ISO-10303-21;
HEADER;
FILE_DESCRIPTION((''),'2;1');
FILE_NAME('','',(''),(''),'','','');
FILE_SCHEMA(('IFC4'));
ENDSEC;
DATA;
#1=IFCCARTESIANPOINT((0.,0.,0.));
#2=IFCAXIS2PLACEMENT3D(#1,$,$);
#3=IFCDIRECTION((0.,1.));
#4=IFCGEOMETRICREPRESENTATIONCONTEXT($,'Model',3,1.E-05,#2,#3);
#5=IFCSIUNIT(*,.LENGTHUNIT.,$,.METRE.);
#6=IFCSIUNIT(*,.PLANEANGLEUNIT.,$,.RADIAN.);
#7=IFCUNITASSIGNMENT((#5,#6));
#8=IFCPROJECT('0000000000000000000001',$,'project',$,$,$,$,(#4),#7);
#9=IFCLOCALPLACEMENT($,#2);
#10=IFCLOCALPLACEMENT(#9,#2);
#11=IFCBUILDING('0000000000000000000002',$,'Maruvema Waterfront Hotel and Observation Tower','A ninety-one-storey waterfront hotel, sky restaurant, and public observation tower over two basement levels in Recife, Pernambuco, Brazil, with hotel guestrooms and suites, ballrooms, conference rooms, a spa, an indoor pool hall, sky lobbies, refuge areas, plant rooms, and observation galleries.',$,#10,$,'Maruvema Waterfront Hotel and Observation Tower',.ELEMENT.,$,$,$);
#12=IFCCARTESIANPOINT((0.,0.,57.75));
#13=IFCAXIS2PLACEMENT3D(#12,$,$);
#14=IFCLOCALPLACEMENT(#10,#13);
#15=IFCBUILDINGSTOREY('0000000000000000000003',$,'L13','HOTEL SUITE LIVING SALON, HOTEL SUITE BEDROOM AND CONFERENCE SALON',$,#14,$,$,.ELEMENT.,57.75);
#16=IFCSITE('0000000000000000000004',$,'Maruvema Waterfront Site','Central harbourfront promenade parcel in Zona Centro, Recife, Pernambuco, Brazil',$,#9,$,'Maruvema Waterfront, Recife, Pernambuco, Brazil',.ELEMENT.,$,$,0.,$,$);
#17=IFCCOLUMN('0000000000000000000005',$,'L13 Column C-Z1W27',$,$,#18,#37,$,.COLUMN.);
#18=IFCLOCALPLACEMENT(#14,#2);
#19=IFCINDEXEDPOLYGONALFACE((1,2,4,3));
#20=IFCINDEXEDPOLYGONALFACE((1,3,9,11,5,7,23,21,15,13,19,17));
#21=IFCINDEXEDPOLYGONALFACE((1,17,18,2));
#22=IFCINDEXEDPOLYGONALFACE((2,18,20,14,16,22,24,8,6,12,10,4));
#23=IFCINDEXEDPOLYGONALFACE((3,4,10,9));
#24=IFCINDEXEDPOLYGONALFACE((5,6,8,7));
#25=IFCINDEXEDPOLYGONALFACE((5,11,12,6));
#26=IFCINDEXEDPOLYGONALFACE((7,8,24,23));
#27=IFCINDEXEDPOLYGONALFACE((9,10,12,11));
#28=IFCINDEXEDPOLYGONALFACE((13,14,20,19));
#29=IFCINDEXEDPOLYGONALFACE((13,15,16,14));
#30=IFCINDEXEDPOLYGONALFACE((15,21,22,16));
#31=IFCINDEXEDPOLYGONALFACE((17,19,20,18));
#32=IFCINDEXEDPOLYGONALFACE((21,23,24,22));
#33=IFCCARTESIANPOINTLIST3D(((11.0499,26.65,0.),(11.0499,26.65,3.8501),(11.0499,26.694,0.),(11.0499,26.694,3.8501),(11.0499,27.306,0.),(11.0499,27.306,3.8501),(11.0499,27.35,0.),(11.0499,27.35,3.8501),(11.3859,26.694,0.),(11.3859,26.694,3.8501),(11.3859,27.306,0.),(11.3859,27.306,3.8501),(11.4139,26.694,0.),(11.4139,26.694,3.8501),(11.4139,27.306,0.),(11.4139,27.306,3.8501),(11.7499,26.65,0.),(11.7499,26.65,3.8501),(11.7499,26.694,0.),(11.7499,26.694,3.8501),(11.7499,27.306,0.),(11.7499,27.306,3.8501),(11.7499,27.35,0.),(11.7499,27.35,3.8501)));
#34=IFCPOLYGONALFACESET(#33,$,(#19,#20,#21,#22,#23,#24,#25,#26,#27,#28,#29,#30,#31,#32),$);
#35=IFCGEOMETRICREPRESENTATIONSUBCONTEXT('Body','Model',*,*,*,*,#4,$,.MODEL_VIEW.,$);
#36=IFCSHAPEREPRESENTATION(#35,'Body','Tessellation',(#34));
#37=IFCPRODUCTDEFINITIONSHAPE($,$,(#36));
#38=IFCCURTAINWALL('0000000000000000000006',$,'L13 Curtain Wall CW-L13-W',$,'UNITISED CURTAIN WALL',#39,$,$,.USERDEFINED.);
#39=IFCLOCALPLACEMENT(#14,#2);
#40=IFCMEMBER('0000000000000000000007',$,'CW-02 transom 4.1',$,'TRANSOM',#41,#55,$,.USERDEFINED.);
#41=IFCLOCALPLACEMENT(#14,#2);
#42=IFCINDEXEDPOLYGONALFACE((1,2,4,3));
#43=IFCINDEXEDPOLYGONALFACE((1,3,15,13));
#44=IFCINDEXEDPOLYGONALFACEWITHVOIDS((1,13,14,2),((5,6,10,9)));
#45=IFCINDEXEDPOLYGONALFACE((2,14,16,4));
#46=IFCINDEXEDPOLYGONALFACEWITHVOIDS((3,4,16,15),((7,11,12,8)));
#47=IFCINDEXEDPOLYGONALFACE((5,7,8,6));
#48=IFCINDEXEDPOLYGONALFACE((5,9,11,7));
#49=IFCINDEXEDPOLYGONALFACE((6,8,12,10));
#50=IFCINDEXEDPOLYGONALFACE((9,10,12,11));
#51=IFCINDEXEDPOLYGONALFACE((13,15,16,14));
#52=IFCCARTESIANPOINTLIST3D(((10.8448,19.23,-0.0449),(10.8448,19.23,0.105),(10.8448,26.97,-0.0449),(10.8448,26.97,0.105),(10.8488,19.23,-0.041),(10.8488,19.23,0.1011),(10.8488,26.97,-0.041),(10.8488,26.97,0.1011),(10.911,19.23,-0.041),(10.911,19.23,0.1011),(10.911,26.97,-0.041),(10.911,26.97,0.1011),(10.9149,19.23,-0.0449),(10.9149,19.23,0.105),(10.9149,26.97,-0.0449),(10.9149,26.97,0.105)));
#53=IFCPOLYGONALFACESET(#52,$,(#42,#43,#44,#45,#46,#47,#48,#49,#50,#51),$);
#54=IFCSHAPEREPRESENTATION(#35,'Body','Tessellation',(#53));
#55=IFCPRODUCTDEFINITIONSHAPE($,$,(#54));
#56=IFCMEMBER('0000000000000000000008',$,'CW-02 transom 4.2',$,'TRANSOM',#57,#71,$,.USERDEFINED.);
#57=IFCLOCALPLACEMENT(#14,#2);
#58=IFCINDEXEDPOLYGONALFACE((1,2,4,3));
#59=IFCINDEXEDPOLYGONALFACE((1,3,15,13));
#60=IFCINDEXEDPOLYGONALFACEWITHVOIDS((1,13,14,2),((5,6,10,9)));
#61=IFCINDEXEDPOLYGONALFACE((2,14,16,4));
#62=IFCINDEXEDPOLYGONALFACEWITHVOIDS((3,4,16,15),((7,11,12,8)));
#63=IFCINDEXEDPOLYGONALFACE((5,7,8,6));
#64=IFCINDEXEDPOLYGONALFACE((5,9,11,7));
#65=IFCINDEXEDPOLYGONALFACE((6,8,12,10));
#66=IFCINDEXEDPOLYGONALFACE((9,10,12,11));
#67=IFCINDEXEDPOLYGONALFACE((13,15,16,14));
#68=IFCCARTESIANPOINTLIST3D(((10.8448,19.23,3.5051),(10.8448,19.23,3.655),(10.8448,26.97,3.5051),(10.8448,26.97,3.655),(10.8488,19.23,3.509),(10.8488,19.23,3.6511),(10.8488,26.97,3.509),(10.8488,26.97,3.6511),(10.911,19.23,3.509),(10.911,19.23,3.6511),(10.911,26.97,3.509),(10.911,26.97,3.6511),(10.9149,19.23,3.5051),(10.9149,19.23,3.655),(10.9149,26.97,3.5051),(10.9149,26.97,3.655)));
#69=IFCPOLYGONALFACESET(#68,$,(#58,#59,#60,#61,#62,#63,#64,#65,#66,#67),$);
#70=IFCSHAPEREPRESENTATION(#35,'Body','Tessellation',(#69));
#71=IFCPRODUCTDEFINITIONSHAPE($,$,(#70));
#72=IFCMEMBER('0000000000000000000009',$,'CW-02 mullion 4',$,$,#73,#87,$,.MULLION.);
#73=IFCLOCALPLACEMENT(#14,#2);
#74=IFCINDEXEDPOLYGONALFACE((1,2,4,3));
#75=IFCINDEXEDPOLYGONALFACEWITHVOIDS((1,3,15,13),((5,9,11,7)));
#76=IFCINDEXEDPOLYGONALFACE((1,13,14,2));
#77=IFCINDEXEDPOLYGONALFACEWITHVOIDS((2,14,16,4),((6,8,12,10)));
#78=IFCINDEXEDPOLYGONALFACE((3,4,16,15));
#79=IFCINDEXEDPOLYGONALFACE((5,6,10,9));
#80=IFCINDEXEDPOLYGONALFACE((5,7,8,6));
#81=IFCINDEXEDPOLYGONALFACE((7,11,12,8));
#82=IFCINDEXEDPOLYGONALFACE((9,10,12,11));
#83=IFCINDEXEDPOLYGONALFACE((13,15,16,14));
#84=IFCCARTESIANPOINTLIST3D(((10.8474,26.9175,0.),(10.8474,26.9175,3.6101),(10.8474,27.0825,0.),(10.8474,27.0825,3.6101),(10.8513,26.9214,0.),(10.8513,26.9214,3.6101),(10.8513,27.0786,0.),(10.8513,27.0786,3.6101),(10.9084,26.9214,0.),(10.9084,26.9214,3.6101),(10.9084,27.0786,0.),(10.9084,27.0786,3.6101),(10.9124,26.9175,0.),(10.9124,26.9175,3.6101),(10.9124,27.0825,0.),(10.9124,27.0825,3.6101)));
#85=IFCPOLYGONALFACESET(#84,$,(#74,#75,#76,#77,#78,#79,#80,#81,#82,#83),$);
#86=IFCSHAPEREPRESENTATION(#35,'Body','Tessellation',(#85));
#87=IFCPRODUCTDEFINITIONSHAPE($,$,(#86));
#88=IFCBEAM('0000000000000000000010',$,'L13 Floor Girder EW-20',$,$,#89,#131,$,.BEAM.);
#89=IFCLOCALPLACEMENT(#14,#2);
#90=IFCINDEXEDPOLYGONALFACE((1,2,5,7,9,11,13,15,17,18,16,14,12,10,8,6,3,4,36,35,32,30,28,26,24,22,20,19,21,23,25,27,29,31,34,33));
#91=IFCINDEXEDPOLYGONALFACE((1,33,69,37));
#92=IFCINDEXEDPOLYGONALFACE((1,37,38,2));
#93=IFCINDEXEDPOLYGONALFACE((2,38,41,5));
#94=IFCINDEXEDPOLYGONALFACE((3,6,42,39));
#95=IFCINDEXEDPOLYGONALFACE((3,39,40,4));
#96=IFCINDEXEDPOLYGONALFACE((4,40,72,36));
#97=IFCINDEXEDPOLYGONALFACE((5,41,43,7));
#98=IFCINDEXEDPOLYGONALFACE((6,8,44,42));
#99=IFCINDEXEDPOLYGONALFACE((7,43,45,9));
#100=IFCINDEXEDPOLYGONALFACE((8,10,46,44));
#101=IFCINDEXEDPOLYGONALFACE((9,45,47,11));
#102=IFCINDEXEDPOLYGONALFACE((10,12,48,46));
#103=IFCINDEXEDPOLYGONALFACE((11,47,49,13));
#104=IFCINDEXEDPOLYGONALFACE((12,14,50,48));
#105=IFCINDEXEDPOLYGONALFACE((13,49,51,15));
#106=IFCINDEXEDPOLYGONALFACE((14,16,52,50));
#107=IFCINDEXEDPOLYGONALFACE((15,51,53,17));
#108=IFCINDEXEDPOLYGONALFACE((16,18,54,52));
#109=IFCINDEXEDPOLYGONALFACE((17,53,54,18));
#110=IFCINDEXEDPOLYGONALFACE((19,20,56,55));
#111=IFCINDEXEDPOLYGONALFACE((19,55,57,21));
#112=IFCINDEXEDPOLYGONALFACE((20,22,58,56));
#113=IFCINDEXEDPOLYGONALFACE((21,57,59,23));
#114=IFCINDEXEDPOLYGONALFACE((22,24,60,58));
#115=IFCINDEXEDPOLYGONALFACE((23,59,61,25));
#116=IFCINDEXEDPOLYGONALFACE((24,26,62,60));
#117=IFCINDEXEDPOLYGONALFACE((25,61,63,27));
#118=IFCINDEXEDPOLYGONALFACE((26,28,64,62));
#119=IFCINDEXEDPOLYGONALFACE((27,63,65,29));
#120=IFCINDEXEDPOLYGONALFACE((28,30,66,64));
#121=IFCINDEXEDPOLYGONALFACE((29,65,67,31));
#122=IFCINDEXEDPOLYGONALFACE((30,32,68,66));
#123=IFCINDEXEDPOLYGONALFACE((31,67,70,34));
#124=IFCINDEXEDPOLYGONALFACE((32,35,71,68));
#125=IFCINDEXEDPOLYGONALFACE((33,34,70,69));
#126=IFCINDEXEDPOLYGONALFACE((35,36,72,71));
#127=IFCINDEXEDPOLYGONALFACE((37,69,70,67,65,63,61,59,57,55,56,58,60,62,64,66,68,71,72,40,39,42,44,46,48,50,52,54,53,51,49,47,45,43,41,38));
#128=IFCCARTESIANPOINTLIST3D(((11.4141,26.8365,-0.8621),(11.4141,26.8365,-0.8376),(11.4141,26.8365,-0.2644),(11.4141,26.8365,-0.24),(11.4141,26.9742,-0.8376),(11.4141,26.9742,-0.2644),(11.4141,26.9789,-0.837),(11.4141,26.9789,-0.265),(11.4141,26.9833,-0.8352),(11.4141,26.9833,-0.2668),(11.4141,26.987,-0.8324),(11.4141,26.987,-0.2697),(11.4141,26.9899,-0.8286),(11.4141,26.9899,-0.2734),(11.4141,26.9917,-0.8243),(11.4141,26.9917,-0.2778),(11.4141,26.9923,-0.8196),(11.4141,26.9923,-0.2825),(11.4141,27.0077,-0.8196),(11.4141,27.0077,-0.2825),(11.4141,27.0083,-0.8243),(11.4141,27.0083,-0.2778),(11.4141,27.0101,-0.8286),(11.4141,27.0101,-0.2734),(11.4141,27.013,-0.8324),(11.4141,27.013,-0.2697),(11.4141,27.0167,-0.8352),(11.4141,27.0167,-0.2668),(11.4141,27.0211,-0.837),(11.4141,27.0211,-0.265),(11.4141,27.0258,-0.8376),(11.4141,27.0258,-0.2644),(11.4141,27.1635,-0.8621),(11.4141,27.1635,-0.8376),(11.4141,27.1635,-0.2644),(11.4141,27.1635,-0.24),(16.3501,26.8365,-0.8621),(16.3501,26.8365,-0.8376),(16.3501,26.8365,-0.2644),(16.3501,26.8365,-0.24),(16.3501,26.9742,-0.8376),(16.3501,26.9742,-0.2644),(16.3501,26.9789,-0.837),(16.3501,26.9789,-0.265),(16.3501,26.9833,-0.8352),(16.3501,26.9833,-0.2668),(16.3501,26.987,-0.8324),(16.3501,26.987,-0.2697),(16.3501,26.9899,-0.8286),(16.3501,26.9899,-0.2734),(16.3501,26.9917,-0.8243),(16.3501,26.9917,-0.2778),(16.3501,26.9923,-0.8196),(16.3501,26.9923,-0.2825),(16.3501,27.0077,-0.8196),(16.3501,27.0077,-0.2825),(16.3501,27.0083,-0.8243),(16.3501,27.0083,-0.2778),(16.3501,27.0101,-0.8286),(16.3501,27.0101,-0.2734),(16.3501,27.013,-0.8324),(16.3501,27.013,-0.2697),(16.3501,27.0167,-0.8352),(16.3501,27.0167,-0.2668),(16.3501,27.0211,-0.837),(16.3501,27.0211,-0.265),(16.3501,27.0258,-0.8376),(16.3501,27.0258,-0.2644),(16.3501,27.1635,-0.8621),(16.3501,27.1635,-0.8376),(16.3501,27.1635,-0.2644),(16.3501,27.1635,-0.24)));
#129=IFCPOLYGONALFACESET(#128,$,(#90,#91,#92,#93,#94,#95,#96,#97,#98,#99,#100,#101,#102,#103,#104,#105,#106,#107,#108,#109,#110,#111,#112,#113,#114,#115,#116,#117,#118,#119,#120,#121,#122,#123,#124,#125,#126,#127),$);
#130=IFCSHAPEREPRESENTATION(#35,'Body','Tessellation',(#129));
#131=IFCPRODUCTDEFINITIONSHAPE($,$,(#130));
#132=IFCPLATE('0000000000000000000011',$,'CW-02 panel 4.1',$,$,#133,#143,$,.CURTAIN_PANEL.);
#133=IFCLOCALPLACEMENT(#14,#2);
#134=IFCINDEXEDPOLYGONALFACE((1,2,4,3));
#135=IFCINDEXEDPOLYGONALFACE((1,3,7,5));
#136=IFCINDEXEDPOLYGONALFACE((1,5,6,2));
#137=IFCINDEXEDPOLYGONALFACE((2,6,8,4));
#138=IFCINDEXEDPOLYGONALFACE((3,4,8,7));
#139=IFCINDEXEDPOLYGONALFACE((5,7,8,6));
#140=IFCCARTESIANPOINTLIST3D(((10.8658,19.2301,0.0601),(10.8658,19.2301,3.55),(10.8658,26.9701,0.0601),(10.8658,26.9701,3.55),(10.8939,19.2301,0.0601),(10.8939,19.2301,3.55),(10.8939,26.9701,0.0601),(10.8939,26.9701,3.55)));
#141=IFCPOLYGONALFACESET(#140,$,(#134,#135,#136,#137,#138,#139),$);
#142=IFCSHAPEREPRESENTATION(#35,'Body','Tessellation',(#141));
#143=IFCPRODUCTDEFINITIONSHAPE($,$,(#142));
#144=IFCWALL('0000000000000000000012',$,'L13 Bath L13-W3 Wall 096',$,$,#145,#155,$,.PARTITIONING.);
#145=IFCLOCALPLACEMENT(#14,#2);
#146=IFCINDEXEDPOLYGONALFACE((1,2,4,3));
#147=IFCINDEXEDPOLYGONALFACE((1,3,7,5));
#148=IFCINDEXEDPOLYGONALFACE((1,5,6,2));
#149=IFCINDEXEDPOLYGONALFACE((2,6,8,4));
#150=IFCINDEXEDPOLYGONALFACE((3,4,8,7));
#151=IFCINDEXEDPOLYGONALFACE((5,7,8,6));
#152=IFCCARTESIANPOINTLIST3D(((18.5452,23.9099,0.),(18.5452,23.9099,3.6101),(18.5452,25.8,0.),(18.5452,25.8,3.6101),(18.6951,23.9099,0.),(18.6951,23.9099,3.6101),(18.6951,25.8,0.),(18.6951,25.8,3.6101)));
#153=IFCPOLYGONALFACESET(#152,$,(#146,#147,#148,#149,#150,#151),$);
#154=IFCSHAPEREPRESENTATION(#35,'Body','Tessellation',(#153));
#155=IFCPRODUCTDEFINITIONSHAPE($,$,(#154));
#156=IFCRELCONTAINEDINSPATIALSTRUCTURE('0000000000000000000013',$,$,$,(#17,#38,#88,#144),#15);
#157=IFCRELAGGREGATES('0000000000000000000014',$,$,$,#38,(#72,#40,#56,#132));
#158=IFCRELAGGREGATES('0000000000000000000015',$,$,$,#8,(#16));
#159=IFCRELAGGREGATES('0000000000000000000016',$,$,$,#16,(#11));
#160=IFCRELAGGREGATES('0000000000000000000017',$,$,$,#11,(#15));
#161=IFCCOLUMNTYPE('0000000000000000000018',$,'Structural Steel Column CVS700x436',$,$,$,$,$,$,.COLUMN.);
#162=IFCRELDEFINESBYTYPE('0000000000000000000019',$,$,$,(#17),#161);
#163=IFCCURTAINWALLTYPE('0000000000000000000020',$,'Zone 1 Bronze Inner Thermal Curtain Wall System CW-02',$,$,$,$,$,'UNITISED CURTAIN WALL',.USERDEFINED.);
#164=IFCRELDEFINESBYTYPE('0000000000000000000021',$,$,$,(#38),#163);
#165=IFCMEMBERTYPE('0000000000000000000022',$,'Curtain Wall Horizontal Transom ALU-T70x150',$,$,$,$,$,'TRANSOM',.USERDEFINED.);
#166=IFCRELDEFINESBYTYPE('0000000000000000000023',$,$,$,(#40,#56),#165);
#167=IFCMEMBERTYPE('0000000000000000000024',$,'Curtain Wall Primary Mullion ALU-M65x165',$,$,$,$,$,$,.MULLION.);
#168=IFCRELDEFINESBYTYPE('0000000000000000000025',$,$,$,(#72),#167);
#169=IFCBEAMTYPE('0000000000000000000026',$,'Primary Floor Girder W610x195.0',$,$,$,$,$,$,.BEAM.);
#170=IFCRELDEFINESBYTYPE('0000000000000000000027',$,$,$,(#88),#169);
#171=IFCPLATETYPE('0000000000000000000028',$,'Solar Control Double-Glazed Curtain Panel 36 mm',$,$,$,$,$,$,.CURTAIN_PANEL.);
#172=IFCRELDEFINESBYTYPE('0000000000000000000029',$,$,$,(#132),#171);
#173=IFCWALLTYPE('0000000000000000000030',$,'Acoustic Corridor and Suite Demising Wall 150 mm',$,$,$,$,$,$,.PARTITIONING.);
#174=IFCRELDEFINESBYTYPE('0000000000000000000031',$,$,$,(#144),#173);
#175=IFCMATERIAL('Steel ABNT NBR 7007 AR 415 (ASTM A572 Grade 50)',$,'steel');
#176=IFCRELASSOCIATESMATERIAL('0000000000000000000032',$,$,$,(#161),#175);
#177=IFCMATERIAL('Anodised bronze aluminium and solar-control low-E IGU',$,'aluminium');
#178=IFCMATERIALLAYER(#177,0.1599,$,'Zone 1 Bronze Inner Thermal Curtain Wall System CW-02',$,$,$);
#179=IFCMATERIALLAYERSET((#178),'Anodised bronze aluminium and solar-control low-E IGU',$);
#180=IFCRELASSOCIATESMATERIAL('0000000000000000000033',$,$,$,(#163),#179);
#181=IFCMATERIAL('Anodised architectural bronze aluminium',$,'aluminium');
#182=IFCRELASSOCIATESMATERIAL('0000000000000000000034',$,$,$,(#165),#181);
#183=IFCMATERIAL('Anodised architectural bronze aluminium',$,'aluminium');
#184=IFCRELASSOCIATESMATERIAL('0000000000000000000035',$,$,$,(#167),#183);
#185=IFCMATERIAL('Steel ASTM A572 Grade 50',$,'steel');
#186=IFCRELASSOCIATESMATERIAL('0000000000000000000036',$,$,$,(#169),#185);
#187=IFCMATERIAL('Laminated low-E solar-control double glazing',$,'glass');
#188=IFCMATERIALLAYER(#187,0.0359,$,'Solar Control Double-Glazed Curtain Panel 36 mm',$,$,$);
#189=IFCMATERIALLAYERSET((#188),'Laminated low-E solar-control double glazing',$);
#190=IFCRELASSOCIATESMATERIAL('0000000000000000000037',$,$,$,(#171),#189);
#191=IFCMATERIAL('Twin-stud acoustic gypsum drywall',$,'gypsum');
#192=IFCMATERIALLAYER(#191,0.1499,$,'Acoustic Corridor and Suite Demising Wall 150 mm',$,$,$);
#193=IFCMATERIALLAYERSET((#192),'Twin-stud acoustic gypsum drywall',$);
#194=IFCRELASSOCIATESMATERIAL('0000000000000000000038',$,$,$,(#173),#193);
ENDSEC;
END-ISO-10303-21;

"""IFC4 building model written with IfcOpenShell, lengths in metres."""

from ifc_helpers import new_model, si_unit, direction, frame, frame_2d, origin, origin_2d, place, context, subcontext, project, spatial, rectangle, hollow_rectangle, i_section, extrude, material, layer, layer_set, material_profile, profile_set, type_object, element, aggregate, save


model = new_model("IFC4")

# Units and contexts
model_context = context("Model", 3, precision=1e-05, world=origin(), true_north=direction((0.0, 1.0)))
body_context = subcontext(model_context, "Body", "Model", "MODEL_VIEW")
ifc_project = project(units=[si_unit("LENGTHUNIT", "METRE"), si_unit("PLANEANGLEUNIT", "RADIAN")], contexts=[model_context])

# Site, building, storey
site_placement = place(None, origin())
site = spatial("IfcSite", under=ifc_project, at=site_placement, Name="Maruvema Waterfront Site", Description="Central harbourfront promenade parcel in Zona Centro, Recife, Pernambuco, Brazil", LongName="Maruvema Waterfront, Recife, Pernambuco, Brazil", CompositionType="ELEMENT", RefElevation=0.0)
building_placement = place(site_placement, origin())
building = spatial("IfcBuilding", under=site, at=building_placement, Name="Maruvema Waterfront Hotel and Observation Tower", Description="A ninety-one-storey waterfront hotel, sky restaurant, and public observation tower over two basement levels in Recife, Pernambuco, Brazil, with hotel guestrooms and suites, ballrooms, conference rooms, a spa, an indoor pool hall, sky lobbies, refuge areas, plant rooms, and observation galleries.", LongName="Maruvema Waterfront Hotel and Observation Tower", CompositionType="ELEMENT")
storey_placement = place(building_placement, frame((0.0, 0.0, 57.75)))
storey = spatial("IfcBuildingStorey", under=building, at=storey_placement, Name="L13", Description="HOTEL SUITE LIVING SALON, HOTEL SUITE BEDROOM AND CONFERENCE SALON", CompositionType="ELEMENT", Elevation=57.75)

# Column
ifc_material_1 = material(Name="Steel ABNT NBR 7007 AR 415 (ASTM A572 Grade 50)", Category="steel")
ifc_material_profile_1 = material_profile(ifc_material_1, i_section(OverallWidth=0.7, OverallDepth=0.7, WebThickness=0.0281, FlangeThickness=0.0439, at=origin_2d()), Name="CVS700x436")
ifc_profile_set_1 = profile_set([ifc_material_profile_1], Name="Steel ABNT NBR 7007 AR 415 (ASTM A572 Grade 50)")
column_type = type_object("IfcColumnType", Name="Structural Steel Column CVS700x436", PredefinedType="COLUMN", material=ifc_profile_set_1)
column_placement = place(storey_placement, frame((11.3999, 27.0, 0.0), z_axis=(0.0, 0.0, 1.0), x_axis=(1.0, 0.0, 0.0)))
element("IfcColumn", 1, at=column_placement, inside=storey, type_object=column_type, Name="L13 Column C-Z1W27", PredefinedType="COLUMN", context=body_context, shape_type="SweptSolid", body=[
    extrude(i_section(OverallWidth=0.7, OverallDepth=0.7, WebThickness=0.0281, FlangeThickness=0.0439, at=origin_2d()), origin(), (0.0, 0.0, 1.0), 3.8501),
])

# Curtain wall, members
ifc_material_2 = material(Name="Anodised bronze aluminium and solar-control low-E IGU", Category="aluminium")
ifc_layer_1 = layer(ifc_material_2, 0.1599, Name="Zone 1 Bronze Inner Thermal Curtain Wall System CW-02")
ifc_layer_set_1 = layer_set([ifc_layer_1], Name="Anodised bronze aluminium and solar-control low-E IGU")
curtain_wall_type = type_object("IfcCurtainWallType", Name="Zone 1 Bronze Inner Thermal Curtain Wall System CW-02", ElementType="UNITISED CURTAIN WALL", PredefinedType="USERDEFINED", material=ifc_layer_set_1)
curtain_wall_placement = place(storey_placement, origin())
curtain_wall = element("IfcCurtainWall", 2, at=curtain_wall_placement, inside=storey, type_object=curtain_wall_type, Name="L13 Curtain Wall CW-L13-W", ObjectType="UNITISED CURTAIN WALL", PredefinedType="USERDEFINED")
ifc_material_3 = material(Name="Anodised architectural bronze aluminium", Category="aluminium")
ifc_material_profile_2 = material_profile(ifc_material_3, hollow_rectangle(XDim=0.0701, YDim=0.1499, WallThickness=0.0039, at=origin_2d()), Name="ALU-T70x150")
ifc_profile_set_2 = profile_set([ifc_material_profile_2], Name="Anodised architectural bronze aluminium")
member_type_1 = type_object("IfcMemberType", Name="Curtain Wall Horizontal Transom ALU-T70x150", ElementType="TRANSOM", PredefinedType="USERDEFINED", material=ifc_profile_set_2)
member_1_placement = place(storey_placement, frame((10.8799, 26.97, 0.03), z_axis=(0.0, -1.0, 0.0), x_axis=(1.0, 0.0, 0.0)))
member_1 = element("IfcMember", 3, at=member_1_placement, type_object=member_type_1, Name="CW-02 transom 4.1", ObjectType="TRANSOM", PredefinedType="USERDEFINED", context=body_context, shape_type="SweptSolid", body=[
    extrude(hollow_rectangle(XDim=0.0701, YDim=0.1499, WallThickness=0.0039, at=origin_2d()), origin(), (0.0, 0.0, 1.0), 7.74),
])
member_2_placement = place(storey_placement, frame((10.8799, 26.97, 3.5801), z_axis=(0.0, -1.0, 0.0), x_axis=(1.0, 0.0, 0.0)))
member_2 = element("IfcMember", 4, at=member_2_placement, type_object=member_type_1, Name="CW-02 transom 4.2", ObjectType="TRANSOM", PredefinedType="USERDEFINED", context=body_context, shape_type="SweptSolid", body=[
    extrude(hollow_rectangle(XDim=0.0701, YDim=0.1499, WallThickness=0.0039, at=origin_2d()), origin(), (0.0, 0.0, 1.0), 7.74),
])
ifc_material_4 = material(Name="Anodised architectural bronze aluminium", Category="aluminium")
ifc_material_profile_3 = material_profile(ifc_material_4, hollow_rectangle(XDim=0.0649, YDim=0.165, WallThickness=0.0039, at=origin_2d()), Name="ALU-M65x165")
ifc_profile_set_3 = profile_set([ifc_material_profile_3], Name="Anodised architectural bronze aluminium")
member_type_2 = type_object("IfcMemberType", Name="Curtain Wall Primary Mullion ALU-M65x165", PredefinedType="MULLION", material=ifc_profile_set_3)
member_3_placement = place(storey_placement, frame((10.8799, 27.0, 0.0), z_axis=(0.0, 0.0, 1.0), x_axis=(1.0, 0.0, 0.0)))
member_3 = element("IfcMember", 5, at=member_3_placement, type_object=member_type_2, Name="CW-02 mullion 4", PredefinedType="MULLION", context=body_context, shape_type="SweptSolid", body=[
    extrude(hollow_rectangle(XDim=0.0649, YDim=0.165, WallThickness=0.0039, at=origin_2d()), origin(), (0.0, 0.0, 1.0), 3.6101),
])

# Beam
ifc_material_5 = material(Name="Steel ASTM A572 Grade 50", Category="steel")
ifc_material_profile_4 = material_profile(ifc_material_5, i_section(OverallWidth=0.3269, OverallDepth=0.6221, WebThickness=0.0154, FlangeThickness=0.0244, FilletRadius=0.0181, at=origin_2d()), Name="W610x195.0")
ifc_profile_set_4 = profile_set([ifc_material_profile_4], Name="Steel ASTM A572 Grade 50")
beam_type = type_object("IfcBeamType", Name="Primary Floor Girder W610x195.0", PredefinedType="BEAM", material=ifc_profile_set_4)
beam_placement = place(storey_placement, frame((11.4141, 27.0, -0.551), z_axis=(1.0, 0.0, 0.0), x_axis=(0.0, 1.0, 0.0)))
element("IfcBeam", 6, at=beam_placement, inside=storey, type_object=beam_type, Name="L13 Floor Girder EW-20", PredefinedType="BEAM", context=body_context, shape_type="SweptSolid", body=[
    extrude(i_section(OverallWidth=0.3269, OverallDepth=0.6221, WebThickness=0.0154, FlangeThickness=0.0244, FilletRadius=0.0181, at=origin_2d()), origin(), (0.0, 0.0, 1.0), 4.936),
])

# Plate
ifc_material_6 = material(Name="Laminated low-E solar-control double glazing", Category="glass")
ifc_layer_2 = layer(ifc_material_6, 0.0359, Name="Solar Control Double-Glazed Curtain Panel 36 mm")
ifc_layer_set_2 = layer_set([ifc_layer_2], Name="Laminated low-E solar-control double glazing")
plate_type = type_object("IfcPlateType", Name="Solar Control Double-Glazed Curtain Panel 36 mm", PredefinedType="CURTAIN_PANEL", material=ifc_layer_set_2)
plate_placement = place(storey_placement, frame((10.8799, 23.1001, 0.0601), z_axis=(0.0, 0.0, 1.0), x_axis=(0.0, -1.0, 0.0)))
plate = element("IfcPlate", 7, at=plate_placement, type_object=plate_type, Name="CW-02 panel 4.1", PredefinedType="CURTAIN_PANEL", context=body_context, shape_type="SweptSolid", body=[
    extrude(rectangle(XDim=7.74, YDim=0.0281, at=origin_2d()), origin(), (0.0, 0.0, 1.0), 3.49),
])
aggregate(curtain_wall, [member_3, member_1, member_2, plate])

# Shared definitions
ifc_material_7 = material(Name="Twin-stud acoustic gypsum drywall", Category="gypsum")
ifc_layer_3 = layer(ifc_material_7, 0.1499, Name="Acoustic Corridor and Suite Demising Wall 150 mm")
ifc_layer_set_3 = layer_set([ifc_layer_3], Name="Twin-stud acoustic gypsum drywall")
wall_type_1 = type_object("IfcWallType", Name="Acoustic Corridor and Suite Demising Wall 150 mm", PredefinedType="PARTITIONING", material=ifc_layer_set_3)

# Wall
wall_1_placement = place(storey_placement, frame((18.6201, 23.9099, 0.0), z_axis=(0.0, 0.0, 1.0), x_axis=(0.0, 1.0, 0.0)))
element("IfcWall", 8, at=wall_1_placement, inside=storey, type_object=wall_type_1, Name="L13 Bath L13-W3 Wall 096", PredefinedType="PARTITIONING", context=body_context, shape_type="SweptSolid", body=[
    extrude(rectangle(XDim=1.8901, YDim=0.1499, at=frame_2d((0.9451, 0.0))), origin(), (0.0, 0.0, 1.0), 3.6101),
])

save(model, "model.ifc")
